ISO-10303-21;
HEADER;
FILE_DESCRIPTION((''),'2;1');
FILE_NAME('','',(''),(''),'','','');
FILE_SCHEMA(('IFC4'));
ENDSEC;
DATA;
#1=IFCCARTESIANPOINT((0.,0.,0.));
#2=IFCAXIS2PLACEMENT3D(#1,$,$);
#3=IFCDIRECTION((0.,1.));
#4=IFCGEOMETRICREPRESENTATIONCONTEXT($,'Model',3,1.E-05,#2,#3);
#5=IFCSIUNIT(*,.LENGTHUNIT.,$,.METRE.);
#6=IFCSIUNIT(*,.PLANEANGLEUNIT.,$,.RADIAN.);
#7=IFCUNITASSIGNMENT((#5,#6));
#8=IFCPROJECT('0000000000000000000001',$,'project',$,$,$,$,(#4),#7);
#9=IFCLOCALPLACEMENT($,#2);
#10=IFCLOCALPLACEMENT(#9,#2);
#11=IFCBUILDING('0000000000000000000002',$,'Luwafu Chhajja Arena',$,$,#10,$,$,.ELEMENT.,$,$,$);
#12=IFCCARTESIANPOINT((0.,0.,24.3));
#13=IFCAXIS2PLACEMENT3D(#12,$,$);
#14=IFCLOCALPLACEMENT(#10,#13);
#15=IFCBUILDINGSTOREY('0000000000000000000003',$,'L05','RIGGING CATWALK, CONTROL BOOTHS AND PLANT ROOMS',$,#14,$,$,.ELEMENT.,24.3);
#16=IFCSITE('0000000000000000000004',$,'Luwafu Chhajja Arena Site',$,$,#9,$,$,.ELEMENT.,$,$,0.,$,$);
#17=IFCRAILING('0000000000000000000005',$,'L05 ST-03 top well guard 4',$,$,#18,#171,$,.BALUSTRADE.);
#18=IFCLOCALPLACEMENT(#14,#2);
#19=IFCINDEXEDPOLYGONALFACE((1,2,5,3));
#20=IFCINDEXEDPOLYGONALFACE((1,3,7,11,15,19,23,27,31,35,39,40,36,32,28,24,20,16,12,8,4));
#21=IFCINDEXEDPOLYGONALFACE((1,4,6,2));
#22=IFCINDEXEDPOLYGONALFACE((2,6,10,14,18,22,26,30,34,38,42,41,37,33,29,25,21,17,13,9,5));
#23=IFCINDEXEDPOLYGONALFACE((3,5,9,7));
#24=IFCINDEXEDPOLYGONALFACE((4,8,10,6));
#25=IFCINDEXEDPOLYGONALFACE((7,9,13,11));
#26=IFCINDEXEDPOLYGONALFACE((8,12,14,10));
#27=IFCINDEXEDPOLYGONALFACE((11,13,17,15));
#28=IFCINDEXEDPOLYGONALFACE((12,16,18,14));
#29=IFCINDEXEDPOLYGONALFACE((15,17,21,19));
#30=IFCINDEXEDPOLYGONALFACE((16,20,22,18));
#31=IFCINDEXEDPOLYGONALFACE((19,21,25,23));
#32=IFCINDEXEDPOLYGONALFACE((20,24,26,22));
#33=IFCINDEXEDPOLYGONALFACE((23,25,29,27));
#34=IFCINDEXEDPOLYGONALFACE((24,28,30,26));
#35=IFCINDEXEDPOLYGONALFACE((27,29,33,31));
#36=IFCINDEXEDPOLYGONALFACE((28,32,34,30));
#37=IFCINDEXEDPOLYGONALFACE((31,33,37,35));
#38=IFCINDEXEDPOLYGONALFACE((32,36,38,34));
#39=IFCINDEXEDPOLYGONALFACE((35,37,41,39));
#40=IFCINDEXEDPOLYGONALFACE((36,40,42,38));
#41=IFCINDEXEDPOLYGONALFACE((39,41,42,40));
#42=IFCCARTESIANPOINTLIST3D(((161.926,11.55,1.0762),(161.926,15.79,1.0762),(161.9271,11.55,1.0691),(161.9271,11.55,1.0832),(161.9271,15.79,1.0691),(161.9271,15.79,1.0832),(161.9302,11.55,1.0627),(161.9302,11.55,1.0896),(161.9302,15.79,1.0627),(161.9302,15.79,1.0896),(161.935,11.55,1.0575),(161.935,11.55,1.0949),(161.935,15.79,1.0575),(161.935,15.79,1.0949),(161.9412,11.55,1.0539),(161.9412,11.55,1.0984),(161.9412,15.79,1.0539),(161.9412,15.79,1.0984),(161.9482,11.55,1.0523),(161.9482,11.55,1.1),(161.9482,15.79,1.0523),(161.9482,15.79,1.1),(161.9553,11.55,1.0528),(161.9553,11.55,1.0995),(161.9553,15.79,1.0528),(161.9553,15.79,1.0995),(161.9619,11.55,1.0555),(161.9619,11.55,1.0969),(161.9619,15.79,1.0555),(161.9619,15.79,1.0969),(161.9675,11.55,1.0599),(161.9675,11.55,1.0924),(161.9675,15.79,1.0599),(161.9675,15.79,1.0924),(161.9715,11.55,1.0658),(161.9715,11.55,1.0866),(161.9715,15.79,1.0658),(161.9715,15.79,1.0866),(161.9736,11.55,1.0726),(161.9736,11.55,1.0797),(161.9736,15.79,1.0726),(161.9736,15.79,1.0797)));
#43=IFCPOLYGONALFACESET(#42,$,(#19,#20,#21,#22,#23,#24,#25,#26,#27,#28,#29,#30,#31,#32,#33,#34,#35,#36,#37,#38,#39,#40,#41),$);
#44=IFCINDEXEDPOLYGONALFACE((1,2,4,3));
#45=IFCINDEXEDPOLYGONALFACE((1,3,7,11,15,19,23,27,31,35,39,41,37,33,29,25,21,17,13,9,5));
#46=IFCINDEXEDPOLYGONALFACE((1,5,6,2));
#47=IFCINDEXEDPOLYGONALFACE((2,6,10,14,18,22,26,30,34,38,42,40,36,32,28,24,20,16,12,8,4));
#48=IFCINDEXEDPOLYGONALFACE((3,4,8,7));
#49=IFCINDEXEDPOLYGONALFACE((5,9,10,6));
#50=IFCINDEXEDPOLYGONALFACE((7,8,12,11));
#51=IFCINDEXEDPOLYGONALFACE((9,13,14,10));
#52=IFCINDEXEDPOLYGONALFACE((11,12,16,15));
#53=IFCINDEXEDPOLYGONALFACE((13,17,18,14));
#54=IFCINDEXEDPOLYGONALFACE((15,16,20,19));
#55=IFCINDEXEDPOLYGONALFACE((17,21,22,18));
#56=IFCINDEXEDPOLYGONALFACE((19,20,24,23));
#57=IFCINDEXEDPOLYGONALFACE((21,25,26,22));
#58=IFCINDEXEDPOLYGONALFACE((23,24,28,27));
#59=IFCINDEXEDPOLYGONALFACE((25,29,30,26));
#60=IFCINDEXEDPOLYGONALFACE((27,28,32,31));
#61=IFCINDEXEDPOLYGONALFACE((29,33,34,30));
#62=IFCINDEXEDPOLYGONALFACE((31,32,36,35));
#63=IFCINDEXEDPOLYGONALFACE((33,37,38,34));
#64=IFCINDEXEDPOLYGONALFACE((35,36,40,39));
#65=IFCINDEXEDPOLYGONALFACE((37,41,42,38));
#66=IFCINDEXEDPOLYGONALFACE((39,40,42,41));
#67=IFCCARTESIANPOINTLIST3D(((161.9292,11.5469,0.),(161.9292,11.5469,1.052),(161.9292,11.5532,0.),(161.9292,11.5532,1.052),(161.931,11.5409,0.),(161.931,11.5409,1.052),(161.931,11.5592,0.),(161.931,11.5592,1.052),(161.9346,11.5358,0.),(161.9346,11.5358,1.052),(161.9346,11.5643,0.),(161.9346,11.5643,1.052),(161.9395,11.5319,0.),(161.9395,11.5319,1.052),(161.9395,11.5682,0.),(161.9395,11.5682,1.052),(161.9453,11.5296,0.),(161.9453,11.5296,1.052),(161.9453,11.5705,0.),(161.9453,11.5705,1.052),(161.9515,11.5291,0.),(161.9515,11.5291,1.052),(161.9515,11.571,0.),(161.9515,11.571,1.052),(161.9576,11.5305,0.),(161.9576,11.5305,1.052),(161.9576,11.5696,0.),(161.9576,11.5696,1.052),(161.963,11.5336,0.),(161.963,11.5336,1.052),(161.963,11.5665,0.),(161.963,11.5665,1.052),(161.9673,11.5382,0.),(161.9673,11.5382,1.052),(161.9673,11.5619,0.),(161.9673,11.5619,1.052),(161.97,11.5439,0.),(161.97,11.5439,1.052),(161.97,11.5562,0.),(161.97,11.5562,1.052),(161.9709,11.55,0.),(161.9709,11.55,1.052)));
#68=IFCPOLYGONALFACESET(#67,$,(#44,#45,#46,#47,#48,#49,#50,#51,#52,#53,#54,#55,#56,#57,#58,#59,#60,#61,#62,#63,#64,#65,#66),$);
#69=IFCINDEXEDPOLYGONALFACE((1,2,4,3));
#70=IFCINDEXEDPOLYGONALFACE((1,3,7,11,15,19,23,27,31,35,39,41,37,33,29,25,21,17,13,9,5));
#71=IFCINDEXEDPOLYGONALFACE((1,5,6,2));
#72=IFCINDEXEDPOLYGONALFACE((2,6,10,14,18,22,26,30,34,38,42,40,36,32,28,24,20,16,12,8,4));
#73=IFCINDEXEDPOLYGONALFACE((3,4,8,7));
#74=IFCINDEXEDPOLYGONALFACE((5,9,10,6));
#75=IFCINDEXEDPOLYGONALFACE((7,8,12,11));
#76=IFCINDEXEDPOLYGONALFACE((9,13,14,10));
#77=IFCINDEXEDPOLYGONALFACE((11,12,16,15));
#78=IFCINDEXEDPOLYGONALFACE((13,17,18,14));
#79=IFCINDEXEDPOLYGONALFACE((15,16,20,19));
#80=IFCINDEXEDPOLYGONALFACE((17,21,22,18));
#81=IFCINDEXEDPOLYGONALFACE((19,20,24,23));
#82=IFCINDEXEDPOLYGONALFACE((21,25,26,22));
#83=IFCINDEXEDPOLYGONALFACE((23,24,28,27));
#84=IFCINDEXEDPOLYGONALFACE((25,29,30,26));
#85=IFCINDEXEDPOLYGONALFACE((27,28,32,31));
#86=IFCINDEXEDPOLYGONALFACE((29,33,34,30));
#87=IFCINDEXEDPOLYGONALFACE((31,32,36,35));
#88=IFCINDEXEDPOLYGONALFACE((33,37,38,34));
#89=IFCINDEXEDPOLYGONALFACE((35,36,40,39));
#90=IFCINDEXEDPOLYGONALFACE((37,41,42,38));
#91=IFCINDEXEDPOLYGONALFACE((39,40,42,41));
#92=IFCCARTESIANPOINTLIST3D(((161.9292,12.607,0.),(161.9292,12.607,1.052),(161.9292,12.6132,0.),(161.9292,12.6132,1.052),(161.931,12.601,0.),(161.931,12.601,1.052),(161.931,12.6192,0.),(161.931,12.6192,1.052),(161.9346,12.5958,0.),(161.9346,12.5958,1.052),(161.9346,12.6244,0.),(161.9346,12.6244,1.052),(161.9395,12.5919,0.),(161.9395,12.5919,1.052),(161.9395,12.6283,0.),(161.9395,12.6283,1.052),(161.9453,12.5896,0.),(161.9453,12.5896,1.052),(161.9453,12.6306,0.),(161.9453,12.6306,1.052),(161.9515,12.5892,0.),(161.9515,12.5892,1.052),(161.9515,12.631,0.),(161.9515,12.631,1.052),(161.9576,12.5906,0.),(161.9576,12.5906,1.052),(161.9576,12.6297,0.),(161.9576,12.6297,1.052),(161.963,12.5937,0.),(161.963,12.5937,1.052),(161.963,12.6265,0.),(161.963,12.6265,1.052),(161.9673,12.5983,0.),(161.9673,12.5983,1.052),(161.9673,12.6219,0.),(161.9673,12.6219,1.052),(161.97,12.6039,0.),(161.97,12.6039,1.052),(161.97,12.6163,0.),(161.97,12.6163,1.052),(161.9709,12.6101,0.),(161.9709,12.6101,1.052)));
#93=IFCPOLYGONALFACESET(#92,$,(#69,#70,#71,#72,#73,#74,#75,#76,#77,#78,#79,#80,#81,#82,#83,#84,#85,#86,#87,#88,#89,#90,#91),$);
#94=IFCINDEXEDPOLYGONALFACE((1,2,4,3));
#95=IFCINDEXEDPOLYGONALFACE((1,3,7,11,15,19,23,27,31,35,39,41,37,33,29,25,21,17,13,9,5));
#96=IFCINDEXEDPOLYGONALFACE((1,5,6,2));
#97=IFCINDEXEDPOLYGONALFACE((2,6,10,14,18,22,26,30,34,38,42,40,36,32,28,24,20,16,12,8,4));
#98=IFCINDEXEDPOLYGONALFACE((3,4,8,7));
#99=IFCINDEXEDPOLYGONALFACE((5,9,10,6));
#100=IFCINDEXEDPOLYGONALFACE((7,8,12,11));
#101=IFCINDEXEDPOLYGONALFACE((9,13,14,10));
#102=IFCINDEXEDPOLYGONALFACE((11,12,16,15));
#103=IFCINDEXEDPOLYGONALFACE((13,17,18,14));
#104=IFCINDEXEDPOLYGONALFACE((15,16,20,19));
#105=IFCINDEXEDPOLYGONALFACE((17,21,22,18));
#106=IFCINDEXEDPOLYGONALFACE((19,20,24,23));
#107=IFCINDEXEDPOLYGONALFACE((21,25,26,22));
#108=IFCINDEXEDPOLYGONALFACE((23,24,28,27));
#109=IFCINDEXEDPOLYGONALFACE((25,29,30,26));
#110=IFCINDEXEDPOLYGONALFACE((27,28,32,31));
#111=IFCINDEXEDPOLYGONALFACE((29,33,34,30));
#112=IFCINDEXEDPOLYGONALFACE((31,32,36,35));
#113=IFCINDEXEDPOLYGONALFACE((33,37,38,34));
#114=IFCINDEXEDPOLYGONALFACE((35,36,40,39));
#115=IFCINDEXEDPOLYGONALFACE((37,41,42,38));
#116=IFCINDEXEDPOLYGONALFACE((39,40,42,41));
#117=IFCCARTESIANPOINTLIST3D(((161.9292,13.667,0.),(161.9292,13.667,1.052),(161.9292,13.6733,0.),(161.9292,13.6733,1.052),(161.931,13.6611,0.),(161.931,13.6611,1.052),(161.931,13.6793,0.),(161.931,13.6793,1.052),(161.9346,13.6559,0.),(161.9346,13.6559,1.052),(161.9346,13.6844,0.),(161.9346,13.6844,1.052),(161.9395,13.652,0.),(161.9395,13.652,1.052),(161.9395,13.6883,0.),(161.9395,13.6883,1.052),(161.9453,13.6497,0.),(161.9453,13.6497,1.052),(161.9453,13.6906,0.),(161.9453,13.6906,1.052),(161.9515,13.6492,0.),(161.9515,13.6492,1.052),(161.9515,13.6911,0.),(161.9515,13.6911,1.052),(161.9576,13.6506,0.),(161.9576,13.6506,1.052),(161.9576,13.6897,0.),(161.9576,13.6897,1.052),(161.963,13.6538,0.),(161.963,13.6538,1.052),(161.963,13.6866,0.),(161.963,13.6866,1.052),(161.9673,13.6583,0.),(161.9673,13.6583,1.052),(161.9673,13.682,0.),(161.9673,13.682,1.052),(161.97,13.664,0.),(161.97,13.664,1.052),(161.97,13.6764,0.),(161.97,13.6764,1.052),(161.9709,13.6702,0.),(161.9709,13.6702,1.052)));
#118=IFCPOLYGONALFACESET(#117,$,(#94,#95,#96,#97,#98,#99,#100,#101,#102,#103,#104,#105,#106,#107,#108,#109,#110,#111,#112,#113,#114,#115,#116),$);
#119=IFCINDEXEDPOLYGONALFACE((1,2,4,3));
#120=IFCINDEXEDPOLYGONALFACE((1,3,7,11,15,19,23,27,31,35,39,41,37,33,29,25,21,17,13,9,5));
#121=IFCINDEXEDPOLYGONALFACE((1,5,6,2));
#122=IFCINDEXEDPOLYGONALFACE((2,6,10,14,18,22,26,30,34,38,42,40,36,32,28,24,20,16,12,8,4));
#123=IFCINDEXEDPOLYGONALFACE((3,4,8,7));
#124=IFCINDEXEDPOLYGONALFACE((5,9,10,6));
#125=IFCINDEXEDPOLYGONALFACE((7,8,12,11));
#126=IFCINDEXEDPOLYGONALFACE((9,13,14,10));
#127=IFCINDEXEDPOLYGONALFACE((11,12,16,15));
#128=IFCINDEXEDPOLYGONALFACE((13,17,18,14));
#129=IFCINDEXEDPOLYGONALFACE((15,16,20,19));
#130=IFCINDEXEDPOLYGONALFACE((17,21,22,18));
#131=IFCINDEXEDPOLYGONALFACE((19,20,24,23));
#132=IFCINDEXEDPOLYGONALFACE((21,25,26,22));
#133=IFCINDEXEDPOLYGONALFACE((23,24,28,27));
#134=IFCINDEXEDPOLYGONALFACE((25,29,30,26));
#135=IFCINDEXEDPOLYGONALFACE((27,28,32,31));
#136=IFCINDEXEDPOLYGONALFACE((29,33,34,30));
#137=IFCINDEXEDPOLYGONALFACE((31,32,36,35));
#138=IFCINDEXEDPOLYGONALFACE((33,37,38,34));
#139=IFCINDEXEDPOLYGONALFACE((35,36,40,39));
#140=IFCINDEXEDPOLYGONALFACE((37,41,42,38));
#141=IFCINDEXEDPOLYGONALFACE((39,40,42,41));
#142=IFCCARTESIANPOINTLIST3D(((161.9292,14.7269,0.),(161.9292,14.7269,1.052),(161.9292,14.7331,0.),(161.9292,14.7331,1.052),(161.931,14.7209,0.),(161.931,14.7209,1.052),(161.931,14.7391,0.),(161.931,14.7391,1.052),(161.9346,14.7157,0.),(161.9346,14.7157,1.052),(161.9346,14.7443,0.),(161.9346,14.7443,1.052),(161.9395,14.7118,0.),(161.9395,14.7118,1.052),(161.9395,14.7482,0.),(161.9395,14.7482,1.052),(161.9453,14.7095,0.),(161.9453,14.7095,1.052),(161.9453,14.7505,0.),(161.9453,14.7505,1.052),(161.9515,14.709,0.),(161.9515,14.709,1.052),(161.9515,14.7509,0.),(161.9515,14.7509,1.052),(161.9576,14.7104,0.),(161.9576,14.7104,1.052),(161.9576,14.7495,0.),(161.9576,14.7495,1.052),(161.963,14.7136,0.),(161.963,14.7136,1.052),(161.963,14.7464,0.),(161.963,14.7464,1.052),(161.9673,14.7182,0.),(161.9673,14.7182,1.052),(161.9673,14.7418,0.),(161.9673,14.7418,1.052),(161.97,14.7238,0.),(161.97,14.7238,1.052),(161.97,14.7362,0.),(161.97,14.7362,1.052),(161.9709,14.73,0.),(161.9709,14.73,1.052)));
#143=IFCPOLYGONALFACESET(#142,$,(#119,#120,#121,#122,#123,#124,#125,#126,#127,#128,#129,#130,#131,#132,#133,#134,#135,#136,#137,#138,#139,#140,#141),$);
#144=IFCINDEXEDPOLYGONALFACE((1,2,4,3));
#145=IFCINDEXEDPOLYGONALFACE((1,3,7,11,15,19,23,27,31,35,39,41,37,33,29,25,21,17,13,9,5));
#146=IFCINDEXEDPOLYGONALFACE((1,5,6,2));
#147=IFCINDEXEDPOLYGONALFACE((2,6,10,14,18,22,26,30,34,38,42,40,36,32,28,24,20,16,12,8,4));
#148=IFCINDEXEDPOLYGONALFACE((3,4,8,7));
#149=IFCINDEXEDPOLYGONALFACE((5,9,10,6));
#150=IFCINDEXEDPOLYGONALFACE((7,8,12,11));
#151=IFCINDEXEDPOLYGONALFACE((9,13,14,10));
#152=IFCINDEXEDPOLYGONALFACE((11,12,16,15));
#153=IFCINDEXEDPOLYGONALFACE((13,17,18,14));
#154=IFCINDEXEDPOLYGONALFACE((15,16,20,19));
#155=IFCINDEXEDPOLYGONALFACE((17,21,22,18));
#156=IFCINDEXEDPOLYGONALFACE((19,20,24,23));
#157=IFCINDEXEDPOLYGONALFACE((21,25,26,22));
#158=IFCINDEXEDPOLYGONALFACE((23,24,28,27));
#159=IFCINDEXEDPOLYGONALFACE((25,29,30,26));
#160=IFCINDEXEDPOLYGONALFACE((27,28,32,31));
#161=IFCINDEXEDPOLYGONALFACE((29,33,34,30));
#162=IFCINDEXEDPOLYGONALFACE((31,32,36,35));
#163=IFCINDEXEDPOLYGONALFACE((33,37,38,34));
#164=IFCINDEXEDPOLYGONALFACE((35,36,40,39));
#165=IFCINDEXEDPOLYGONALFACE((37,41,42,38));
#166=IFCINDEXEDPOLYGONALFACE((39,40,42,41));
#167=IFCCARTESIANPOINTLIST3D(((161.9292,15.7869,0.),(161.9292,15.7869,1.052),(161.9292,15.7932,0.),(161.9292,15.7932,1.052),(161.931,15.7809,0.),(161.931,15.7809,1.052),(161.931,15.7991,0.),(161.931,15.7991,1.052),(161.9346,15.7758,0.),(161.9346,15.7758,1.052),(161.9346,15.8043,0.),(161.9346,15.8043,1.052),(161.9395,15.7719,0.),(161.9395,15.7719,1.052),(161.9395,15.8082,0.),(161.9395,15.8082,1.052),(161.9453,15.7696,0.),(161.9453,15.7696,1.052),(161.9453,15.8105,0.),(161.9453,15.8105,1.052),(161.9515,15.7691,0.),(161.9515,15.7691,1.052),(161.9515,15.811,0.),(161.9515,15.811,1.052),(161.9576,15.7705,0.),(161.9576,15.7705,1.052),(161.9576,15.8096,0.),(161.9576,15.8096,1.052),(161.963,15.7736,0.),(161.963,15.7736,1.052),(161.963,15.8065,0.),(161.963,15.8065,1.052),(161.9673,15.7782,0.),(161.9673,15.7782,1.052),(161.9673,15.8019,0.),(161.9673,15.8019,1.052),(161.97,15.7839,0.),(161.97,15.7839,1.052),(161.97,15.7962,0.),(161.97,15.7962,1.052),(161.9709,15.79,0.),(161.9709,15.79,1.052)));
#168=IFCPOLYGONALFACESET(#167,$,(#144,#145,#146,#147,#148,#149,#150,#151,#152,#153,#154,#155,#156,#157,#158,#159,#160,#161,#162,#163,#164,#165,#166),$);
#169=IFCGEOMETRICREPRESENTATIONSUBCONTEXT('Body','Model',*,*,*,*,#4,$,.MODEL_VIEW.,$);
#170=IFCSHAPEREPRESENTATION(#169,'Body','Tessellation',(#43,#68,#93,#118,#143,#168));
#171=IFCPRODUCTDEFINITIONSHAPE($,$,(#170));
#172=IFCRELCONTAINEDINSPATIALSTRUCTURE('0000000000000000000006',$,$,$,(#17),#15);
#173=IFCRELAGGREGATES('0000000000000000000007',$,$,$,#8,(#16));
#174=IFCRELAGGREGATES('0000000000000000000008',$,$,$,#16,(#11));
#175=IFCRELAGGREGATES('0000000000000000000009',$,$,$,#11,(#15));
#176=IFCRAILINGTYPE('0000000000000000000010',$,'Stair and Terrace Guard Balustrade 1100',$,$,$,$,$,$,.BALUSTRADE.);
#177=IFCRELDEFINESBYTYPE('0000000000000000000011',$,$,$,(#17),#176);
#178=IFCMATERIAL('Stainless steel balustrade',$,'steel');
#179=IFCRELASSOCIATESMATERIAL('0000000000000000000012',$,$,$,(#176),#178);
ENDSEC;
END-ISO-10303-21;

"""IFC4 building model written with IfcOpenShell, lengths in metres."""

from ifc_helpers import new_model, si_unit, direction, frame, origin, origin_2d, place, context, subcontext, project, spatial, circle, extrude, material, type_object, element, save


model = new_model("IFC4")

# Units and contexts
model_context = context("Model", 3, precision=1e-05, world=origin(), true_north=direction((0.0, 1.0)))
body_context = subcontext(model_context, "Body", "Model", "MODEL_VIEW")
ifc_project = project(units=[si_unit("LENGTHUNIT", "METRE"), si_unit("PLANEANGLEUNIT", "RADIAN")], contexts=[model_context])

# Site, building, storey
site_placement = place(None, origin())
site = spatial("IfcSite", under=ifc_project, at=site_placement, Name="Luwafu Chhajja Arena Site", CompositionType="ELEMENT", RefElevation=0.0)
building_placement = place(site_placement, origin())
building = spatial("IfcBuilding", under=site, at=building_placement, Name="Luwafu Chhajja Arena", CompositionType="ELEMENT")
storey_placement = place(building_placement, frame((0.0, 0.0, 24.3)))
storey = spatial("IfcBuildingStorey", under=building, at=storey_placement, Name="L05", Description="RIGGING CATWALK, CONTROL BOOTHS AND PLANT ROOMS", CompositionType="ELEMENT", Elevation=24.3)

# Railing
ifc_material_1 = material(Name="Stainless steel balustrade", Category="steel")
railing_type = type_object("IfcRailingType", Name="Stair and Terrace Guard Balustrade 1100", PredefinedType="BALUSTRADE", material=ifc_material_1)
railing_1_placement = place(storey_placement, frame((161.95, 11.55, 0.0)))
element("IfcRailing", 1, at=railing_1_placement, inside=storey, type_object=railing_type, Name="L05 ST-03 top well guard 4", PredefinedType="BALUSTRADE", context=body_context, shape_type="SweptSolid", body=[
    extrude(circle(Radius=0.0239, at=origin_2d()), frame((0.0, 0.0, 1.0762), z_axis=(0.0, 1.0, 0.0), x_axis=(-1.0, 0.0, 0.0)), (0.0, 0.0, 1.0), 4.24),
    extrude(circle(Radius=0.021, at=origin_2d()), origin(), (0.0, 0.0, 1.0), 1.052),
    extrude(circle(Radius=0.021, at=origin_2d()), frame((0.0, 1.0601, 0.0)), (0.0, 0.0, 1.0), 1.052),
    extrude(circle(Radius=0.021, at=origin_2d()), frame((0.0, 2.1201, 0.0)), (0.0, 0.0, 1.0), 1.052),
    extrude(circle(Radius=0.021, at=origin_2d()), frame((0.0, 3.1799, 0.0)), (0.0, 0.0, 1.0), 1.052),
    extrude(circle(Radius=0.021, at=origin_2d()), frame((0.0, 4.24, 0.0)), (0.0, 0.0, 1.0), 1.052),
])

save(model, "model.ifc")
